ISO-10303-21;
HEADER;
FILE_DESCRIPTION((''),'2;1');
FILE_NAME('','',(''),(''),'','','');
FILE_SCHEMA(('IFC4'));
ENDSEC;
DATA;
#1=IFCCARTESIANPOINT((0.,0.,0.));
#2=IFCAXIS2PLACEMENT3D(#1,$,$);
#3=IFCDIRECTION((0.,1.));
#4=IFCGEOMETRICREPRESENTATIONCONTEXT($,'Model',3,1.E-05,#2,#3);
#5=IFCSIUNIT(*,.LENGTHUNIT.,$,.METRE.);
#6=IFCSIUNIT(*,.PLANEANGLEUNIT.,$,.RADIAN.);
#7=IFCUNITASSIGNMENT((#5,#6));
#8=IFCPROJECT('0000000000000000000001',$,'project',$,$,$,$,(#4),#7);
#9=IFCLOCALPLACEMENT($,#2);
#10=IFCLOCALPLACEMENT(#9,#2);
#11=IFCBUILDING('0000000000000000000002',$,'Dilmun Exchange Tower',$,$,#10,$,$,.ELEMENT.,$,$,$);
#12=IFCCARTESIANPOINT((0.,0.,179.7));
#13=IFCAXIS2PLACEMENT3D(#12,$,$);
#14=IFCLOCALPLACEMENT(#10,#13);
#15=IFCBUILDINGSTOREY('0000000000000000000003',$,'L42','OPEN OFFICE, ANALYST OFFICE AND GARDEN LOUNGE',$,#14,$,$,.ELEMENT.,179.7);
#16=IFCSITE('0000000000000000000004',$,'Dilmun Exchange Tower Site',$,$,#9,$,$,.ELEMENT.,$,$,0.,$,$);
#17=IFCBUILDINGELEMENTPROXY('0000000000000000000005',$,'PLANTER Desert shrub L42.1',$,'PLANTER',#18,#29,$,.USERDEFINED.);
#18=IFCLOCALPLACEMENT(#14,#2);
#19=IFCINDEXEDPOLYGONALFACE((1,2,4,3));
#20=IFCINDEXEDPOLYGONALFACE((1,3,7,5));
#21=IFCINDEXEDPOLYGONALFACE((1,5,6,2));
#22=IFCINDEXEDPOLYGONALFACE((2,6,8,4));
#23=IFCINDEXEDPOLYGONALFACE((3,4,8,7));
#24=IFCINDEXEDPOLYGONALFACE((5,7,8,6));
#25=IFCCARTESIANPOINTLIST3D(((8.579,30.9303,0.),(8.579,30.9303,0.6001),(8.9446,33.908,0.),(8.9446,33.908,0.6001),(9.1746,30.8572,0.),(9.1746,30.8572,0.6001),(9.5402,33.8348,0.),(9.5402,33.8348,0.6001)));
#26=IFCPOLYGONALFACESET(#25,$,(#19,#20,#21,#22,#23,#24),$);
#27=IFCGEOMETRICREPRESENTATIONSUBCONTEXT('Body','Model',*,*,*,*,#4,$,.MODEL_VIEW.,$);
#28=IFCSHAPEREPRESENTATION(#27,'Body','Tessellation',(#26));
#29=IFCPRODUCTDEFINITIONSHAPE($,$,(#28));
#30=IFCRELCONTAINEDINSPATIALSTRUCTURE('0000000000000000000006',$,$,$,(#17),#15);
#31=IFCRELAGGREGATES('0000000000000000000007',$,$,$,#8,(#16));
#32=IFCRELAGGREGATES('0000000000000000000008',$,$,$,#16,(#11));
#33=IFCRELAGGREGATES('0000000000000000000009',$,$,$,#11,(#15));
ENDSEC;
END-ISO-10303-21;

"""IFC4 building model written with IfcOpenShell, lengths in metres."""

from ifc_helpers import new_model, si_unit, direction, frame, origin, origin_2d, place, context, subcontext, project, spatial, rectangle, extrude, element, save


model = new_model("IFC4")

# Units and contexts
model_context = context("Model", 3, precision=1e-05, world=origin(), true_north=direction((0.0, 1.0)))
body_context = subcontext(model_context, "Body", "Model", "MODEL_VIEW")
ifc_project = project(units=[si_unit("LENGTHUNIT", "METRE"), si_unit("PLANEANGLEUNIT", "RADIAN")], contexts=[model_context])

# Site, building, storey
site_placement = place(None, origin())
site = spatial("IfcSite", under=ifc_project, at=site_placement, Name="Dilmun Exchange Tower Site", CompositionType="ELEMENT", RefElevation=0.0)
building_placement = place(site_placement, origin())
building = spatial("IfcBuilding", under=site, at=building_placement, Name="Dilmun Exchange Tower", CompositionType="ELEMENT")
storey_placement = place(building_placement, frame((0.0, 0.0, 179.7)))
storey = spatial("IfcBuildingStorey", under=building, at=storey_placement, Name="L42", Description="OPEN OFFICE, ANALYST OFFICE AND GARDEN LOUNGE", CompositionType="ELEMENT", Elevation=179.7)

# Building element proxy
proxy_placement = place(storey_placement, frame((9.0596, 32.3826, 0.0), z_axis=(0.0, 0.0, 1.0), x_axis=(0.121869, 0.992546, 0.0)))
element("IfcBuildingElementProxy", 1, at=proxy_placement, inside=storey, Name="PLANTER Desert shrub L42.1", ObjectType="PLANTER", PredefinedType="USERDEFINED", context=body_context, shape_type="SweptSolid", body=[
    extrude(rectangle(XDim=3.0, YDim=0.6001, at=origin_2d()), origin(), (0.0, 0.0, 1.0), 0.6001),
])

save(model, "model.ifc")
